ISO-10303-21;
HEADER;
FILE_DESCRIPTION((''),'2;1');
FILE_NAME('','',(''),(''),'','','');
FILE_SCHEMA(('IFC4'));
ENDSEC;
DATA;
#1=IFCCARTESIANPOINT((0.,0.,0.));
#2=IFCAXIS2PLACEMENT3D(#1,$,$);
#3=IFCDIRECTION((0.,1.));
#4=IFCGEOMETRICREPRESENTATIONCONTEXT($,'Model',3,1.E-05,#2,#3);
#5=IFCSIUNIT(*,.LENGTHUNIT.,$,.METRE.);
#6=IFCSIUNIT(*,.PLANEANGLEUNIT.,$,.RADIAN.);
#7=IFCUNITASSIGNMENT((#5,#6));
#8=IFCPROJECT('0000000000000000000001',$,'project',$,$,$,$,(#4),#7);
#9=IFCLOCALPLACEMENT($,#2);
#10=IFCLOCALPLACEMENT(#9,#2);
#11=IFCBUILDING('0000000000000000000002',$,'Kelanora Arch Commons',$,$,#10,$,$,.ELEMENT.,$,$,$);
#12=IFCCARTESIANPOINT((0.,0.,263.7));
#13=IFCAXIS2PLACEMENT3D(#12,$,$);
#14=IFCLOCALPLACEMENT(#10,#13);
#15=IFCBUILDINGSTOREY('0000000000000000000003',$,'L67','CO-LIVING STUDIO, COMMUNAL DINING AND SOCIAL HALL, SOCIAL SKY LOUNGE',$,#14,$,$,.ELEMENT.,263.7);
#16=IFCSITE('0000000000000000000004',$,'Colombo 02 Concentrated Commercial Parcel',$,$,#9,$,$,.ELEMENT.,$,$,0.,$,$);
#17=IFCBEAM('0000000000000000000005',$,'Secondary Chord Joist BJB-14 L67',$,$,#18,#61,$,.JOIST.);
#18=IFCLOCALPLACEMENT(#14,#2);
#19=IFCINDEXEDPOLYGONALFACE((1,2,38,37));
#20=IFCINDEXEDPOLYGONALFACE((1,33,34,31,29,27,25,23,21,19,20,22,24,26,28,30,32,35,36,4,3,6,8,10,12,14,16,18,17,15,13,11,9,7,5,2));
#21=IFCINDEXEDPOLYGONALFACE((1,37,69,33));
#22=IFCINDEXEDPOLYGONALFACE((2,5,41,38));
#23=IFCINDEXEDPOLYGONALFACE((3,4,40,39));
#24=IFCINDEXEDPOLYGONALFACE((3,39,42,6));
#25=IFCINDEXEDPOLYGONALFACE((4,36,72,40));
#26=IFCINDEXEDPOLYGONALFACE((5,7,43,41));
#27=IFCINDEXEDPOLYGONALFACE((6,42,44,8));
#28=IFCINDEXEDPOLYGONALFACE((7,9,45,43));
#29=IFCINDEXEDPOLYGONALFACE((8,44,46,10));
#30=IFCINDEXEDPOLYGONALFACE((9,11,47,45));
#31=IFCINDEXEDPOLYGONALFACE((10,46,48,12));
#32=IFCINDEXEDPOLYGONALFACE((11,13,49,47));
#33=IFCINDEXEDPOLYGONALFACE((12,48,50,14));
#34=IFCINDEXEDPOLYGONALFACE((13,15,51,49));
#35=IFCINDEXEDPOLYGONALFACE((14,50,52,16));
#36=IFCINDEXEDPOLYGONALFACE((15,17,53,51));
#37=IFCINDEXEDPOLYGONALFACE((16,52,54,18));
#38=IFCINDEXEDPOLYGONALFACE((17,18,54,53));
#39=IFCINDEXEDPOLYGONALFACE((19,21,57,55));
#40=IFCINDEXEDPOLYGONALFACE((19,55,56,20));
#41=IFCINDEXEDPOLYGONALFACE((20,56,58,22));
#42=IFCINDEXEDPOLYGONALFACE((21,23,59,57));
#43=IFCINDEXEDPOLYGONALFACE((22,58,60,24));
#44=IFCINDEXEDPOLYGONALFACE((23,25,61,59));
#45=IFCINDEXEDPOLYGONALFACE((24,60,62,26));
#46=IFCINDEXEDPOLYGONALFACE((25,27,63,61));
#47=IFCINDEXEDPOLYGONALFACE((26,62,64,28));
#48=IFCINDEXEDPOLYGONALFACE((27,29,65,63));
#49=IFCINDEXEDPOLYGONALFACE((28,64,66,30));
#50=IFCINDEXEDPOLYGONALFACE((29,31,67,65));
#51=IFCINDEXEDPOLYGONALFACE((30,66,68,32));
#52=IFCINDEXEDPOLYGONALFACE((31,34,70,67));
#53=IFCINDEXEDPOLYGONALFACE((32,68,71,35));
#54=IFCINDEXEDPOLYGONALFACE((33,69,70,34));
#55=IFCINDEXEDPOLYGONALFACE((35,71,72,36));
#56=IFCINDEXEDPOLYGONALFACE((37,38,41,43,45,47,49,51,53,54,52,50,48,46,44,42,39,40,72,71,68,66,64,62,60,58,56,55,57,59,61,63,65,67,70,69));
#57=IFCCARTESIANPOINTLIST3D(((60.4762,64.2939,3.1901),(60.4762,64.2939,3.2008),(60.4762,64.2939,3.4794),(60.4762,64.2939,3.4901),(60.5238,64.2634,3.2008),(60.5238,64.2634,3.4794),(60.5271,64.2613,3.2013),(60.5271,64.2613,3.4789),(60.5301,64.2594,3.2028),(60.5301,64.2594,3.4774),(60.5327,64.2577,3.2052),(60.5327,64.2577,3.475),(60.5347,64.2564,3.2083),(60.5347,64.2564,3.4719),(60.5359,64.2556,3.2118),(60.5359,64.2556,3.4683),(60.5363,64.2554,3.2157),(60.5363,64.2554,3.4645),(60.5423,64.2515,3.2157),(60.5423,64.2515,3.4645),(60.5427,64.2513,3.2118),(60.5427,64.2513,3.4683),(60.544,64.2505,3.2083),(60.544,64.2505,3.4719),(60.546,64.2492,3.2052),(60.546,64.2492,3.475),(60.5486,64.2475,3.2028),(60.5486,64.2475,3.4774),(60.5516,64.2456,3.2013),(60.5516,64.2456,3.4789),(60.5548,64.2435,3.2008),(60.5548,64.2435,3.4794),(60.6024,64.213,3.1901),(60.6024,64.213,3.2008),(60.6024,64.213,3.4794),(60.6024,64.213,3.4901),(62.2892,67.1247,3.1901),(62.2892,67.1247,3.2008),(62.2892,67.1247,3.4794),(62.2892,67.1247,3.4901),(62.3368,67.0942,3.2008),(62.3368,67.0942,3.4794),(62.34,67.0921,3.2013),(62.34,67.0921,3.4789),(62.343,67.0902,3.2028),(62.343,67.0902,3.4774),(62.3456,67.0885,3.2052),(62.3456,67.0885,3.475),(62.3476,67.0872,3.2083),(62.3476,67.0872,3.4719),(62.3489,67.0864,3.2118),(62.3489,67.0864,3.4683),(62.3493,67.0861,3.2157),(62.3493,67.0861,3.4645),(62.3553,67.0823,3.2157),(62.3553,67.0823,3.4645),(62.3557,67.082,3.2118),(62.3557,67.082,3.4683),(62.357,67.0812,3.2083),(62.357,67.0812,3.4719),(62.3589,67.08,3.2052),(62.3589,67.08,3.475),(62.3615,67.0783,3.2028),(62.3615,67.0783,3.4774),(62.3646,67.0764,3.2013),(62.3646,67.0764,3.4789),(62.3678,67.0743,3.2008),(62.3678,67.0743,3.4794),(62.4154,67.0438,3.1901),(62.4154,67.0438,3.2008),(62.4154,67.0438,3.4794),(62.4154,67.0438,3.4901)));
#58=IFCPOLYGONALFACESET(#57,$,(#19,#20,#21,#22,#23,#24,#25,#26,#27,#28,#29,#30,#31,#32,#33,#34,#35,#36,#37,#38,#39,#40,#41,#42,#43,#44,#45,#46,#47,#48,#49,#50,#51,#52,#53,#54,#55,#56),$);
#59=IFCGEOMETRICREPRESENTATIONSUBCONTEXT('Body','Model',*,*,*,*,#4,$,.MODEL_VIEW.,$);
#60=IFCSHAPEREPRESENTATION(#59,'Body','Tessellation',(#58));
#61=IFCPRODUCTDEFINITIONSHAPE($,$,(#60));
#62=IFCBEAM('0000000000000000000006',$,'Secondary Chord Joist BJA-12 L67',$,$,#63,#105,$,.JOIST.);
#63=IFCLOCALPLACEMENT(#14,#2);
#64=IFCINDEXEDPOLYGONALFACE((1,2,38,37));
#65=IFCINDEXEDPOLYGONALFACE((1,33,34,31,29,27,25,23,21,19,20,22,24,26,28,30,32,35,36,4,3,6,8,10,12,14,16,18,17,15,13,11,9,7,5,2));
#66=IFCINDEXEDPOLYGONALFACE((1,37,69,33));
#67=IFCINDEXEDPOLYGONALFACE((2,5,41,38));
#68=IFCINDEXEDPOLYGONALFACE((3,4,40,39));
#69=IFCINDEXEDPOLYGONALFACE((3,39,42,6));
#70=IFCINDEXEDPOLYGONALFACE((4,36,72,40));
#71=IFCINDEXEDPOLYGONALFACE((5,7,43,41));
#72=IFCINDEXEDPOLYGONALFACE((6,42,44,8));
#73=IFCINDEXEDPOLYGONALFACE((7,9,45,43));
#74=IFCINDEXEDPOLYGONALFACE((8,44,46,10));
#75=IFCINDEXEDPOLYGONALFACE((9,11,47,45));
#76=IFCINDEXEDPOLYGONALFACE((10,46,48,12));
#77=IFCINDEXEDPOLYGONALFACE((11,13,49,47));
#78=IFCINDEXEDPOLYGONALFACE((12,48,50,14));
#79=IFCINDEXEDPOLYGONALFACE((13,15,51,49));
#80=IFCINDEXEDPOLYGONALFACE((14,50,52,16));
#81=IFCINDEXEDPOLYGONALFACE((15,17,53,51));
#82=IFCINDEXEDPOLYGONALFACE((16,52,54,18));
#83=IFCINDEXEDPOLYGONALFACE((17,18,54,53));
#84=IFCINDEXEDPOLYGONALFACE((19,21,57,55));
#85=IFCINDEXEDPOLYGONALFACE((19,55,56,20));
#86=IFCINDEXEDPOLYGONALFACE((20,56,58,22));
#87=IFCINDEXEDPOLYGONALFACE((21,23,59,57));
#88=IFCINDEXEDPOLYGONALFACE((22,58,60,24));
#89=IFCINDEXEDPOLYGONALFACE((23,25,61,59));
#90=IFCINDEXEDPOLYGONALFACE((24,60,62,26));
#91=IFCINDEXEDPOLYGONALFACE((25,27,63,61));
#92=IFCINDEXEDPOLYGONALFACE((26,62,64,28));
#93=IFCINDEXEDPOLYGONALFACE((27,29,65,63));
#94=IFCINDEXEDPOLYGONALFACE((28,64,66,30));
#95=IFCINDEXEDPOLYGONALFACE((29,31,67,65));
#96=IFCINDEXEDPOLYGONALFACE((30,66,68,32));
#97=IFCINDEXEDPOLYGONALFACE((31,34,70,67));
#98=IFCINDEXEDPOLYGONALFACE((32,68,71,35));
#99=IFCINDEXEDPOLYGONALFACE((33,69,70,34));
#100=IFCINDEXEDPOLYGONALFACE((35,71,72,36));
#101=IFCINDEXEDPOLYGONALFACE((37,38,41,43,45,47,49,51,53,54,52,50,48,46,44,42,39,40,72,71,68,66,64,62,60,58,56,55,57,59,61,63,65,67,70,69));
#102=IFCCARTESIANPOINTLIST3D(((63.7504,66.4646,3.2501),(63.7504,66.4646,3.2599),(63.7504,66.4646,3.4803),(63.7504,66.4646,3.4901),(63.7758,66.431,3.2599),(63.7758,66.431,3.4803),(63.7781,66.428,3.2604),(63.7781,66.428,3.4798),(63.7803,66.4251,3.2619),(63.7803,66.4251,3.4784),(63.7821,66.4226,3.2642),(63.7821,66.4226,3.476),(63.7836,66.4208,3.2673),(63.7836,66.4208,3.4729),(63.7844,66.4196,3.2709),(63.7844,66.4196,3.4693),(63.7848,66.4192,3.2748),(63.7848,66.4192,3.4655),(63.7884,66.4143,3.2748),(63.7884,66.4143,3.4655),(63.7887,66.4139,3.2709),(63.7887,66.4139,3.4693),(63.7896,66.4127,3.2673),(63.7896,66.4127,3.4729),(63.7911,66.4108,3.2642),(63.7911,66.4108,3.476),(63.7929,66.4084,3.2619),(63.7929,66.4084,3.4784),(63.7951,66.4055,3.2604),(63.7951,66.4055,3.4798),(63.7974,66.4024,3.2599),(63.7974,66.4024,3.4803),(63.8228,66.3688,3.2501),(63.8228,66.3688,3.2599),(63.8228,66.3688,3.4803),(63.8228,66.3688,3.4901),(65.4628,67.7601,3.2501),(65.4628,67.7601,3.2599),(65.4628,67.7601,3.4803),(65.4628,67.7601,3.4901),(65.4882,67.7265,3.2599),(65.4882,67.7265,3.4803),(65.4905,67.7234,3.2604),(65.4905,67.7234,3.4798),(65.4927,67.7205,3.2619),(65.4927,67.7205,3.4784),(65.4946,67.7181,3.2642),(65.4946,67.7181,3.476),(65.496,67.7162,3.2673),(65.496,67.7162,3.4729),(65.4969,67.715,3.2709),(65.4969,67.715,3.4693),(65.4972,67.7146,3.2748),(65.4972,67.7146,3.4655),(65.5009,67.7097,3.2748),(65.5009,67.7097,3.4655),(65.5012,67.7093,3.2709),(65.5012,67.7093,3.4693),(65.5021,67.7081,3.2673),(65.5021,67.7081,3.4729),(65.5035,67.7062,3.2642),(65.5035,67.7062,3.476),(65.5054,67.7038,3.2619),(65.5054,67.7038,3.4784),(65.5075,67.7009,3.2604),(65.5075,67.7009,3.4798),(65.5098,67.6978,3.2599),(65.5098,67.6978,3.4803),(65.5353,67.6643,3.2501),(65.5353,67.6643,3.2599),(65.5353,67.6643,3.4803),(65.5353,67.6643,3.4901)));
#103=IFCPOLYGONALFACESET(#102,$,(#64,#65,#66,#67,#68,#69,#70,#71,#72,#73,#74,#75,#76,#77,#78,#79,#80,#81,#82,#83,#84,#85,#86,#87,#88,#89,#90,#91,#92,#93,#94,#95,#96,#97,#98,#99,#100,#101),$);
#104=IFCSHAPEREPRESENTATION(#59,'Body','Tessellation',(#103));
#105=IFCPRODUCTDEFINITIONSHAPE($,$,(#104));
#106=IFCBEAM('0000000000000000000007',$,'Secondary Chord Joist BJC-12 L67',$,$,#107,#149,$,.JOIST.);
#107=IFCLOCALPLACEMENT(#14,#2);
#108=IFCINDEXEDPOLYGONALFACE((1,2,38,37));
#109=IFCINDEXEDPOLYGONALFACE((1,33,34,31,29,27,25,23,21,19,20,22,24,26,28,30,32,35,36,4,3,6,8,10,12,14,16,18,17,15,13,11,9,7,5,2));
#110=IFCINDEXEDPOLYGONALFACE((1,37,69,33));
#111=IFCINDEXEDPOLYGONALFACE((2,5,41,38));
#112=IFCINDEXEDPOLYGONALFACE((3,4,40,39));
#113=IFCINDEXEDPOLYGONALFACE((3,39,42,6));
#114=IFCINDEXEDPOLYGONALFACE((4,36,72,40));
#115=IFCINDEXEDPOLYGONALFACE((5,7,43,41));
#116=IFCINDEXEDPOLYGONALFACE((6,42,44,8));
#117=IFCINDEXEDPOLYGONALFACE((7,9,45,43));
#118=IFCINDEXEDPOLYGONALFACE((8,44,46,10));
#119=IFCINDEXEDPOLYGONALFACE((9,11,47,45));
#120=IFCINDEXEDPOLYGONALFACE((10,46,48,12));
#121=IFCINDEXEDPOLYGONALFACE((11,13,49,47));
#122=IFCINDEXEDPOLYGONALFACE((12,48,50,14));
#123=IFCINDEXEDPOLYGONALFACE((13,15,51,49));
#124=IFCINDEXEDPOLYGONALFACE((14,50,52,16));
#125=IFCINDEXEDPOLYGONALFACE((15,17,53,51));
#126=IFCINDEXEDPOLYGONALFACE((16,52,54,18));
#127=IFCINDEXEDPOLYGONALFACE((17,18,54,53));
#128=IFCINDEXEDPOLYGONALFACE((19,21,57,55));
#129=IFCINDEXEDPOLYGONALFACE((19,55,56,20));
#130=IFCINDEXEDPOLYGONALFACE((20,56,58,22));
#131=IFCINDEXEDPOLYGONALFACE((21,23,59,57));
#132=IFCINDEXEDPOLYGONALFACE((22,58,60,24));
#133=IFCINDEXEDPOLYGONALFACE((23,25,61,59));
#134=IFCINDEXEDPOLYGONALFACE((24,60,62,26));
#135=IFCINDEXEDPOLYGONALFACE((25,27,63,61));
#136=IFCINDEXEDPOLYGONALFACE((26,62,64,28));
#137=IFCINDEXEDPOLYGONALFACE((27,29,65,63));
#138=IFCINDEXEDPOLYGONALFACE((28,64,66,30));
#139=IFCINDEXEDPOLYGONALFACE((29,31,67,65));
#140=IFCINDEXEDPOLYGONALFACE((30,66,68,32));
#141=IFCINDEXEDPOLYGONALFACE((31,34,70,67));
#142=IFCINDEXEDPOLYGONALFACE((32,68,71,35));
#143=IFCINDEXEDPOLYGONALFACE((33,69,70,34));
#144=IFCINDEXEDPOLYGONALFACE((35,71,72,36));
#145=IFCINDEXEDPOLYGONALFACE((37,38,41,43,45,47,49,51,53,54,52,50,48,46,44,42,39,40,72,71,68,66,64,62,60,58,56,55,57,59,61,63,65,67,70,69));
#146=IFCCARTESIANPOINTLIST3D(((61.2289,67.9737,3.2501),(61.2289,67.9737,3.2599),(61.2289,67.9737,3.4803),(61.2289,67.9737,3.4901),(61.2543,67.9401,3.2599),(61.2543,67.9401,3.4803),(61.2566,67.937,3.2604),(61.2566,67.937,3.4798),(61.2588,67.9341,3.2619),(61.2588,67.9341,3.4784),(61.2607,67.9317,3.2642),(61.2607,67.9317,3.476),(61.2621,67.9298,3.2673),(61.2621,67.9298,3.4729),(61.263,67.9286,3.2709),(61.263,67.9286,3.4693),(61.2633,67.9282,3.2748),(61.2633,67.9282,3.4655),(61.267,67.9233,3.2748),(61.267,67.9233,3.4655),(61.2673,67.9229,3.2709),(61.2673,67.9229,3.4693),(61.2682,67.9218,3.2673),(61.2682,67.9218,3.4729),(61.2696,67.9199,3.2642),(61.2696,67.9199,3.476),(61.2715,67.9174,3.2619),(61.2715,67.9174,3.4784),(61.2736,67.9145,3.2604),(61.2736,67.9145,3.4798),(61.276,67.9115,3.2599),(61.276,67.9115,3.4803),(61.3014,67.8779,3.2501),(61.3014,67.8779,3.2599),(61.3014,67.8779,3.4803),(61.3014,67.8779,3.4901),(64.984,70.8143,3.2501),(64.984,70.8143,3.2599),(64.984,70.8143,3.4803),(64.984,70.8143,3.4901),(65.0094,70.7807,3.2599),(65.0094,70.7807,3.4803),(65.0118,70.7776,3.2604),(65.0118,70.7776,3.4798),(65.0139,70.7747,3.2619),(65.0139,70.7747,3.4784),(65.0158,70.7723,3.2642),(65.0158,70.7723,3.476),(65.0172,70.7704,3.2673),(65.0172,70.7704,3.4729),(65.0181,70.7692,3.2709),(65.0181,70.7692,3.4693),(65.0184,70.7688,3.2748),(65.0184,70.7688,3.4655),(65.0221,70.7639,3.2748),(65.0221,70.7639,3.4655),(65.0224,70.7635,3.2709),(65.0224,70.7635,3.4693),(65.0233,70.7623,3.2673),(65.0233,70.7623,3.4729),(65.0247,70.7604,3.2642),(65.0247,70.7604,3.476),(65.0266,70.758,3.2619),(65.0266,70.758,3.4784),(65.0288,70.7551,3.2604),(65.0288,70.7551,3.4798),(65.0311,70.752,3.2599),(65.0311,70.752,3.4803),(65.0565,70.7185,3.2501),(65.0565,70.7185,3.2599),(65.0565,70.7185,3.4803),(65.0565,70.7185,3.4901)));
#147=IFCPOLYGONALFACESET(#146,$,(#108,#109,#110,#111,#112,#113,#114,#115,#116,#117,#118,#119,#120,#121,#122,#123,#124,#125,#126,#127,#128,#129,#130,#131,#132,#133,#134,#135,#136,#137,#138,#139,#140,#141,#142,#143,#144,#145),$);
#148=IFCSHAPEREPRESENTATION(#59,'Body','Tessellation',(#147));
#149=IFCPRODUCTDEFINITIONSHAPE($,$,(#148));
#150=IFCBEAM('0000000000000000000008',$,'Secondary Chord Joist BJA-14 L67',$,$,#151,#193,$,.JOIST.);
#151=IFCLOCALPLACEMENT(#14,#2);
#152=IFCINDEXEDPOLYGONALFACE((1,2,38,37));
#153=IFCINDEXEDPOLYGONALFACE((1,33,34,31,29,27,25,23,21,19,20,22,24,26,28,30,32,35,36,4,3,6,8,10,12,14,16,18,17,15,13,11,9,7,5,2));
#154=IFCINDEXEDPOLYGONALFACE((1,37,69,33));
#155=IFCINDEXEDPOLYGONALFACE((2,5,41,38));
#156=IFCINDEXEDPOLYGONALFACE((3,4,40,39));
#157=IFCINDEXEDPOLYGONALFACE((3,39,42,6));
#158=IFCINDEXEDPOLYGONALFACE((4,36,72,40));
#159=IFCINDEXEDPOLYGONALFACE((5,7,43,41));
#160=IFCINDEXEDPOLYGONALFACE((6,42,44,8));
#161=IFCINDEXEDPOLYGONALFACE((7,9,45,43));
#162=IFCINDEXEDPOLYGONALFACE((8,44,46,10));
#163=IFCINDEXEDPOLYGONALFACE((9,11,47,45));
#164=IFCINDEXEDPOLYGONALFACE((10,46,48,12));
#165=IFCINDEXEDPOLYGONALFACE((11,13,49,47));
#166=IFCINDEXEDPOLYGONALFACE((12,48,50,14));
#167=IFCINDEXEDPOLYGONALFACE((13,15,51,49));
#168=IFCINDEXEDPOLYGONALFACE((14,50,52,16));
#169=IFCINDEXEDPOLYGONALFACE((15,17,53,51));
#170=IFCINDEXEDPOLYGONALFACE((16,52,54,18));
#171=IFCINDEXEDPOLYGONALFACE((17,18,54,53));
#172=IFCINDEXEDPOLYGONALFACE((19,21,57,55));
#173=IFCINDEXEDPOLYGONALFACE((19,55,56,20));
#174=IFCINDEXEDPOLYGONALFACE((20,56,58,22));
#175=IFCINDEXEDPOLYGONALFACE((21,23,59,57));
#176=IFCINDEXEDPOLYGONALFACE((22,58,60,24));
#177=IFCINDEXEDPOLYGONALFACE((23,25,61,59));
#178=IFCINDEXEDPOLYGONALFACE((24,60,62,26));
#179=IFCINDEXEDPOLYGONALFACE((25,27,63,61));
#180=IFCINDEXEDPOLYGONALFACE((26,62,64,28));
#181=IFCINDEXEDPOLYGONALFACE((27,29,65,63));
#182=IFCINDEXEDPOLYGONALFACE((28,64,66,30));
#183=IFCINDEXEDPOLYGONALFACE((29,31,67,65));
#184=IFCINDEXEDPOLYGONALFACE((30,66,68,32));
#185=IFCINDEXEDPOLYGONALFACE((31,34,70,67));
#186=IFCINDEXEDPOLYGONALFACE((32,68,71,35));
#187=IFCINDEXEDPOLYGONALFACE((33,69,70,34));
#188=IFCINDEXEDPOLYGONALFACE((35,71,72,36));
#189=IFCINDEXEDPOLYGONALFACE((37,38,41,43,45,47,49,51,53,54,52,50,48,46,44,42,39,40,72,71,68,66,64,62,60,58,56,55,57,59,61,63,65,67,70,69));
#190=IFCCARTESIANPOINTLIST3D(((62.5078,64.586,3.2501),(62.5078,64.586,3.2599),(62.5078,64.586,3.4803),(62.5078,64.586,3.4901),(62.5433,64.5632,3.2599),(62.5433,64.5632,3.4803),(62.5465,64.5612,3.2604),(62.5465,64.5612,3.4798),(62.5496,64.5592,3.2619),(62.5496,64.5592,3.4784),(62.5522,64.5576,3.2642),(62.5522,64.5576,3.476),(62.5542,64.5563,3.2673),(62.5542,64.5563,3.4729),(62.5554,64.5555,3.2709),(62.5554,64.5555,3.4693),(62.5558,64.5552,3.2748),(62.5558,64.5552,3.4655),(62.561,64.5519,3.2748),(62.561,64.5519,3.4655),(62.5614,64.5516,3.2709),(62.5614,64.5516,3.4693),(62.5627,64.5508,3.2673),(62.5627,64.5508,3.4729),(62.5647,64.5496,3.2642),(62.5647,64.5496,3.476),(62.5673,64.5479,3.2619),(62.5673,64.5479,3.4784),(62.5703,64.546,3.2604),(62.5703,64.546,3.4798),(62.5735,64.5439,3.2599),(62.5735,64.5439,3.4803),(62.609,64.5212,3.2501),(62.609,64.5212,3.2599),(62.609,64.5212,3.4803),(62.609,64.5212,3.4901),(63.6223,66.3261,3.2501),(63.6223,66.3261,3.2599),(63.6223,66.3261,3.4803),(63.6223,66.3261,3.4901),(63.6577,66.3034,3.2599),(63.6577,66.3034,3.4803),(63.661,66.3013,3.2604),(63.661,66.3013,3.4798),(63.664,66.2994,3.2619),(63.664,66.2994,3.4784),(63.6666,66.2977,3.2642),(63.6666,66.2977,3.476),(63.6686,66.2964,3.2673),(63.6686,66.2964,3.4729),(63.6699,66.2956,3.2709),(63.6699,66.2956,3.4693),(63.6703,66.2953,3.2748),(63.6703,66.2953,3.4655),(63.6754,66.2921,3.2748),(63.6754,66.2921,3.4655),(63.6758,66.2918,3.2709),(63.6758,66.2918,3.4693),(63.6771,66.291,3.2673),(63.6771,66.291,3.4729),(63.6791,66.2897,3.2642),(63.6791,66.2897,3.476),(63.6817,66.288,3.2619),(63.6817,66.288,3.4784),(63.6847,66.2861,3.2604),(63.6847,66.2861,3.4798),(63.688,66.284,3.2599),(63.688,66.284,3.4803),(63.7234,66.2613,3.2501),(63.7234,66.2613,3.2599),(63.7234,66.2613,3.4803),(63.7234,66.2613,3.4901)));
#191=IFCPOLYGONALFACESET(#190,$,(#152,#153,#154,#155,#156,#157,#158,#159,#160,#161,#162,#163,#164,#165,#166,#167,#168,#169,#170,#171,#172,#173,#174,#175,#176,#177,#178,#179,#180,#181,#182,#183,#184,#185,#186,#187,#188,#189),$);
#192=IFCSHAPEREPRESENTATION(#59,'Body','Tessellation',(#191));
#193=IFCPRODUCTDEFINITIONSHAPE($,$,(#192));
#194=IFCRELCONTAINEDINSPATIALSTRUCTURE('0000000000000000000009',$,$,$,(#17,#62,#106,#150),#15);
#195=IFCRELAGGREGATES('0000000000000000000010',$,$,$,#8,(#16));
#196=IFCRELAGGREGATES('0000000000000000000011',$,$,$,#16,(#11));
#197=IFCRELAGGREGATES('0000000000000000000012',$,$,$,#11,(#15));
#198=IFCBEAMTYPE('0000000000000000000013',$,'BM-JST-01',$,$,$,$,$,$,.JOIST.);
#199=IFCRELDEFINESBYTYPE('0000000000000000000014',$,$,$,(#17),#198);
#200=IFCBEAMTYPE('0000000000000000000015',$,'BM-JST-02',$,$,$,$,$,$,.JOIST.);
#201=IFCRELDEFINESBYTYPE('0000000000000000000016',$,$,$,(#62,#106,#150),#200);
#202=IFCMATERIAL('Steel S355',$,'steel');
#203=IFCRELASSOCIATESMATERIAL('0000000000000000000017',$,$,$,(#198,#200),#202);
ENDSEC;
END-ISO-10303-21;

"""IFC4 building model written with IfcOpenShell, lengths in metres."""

from ifc_helpers import new_model, si_unit, direction, frame, origin, origin_2d, place, context, subcontext, project, spatial, i_section, extrude, material, material_profile, profile_set, type_object, element, save


model = new_model("IFC4")

# Units and contexts
model_context = context("Model", 3, precision=1e-05, world=origin(), true_north=direction((0.0, 1.0)))
body_context = subcontext(model_context, "Body", "Model", "MODEL_VIEW")
ifc_project = project(units=[si_unit("LENGTHUNIT", "METRE"), si_unit("PLANEANGLEUNIT", "RADIAN")], contexts=[model_context])

# Site, building, storey
site_placement = place(None, origin())
site = spatial("IfcSite", under=ifc_project, at=site_placement, Name="Colombo 02 Concentrated Commercial Parcel", CompositionType="ELEMENT", RefElevation=0.0)
building_placement = place(site_placement, origin())
building = spatial("IfcBuilding", under=site, at=building_placement, Name="Kelanora Arch Commons", CompositionType="ELEMENT")
storey_placement = place(building_placement, frame((0.0, 0.0, 263.7)))
storey = spatial("IfcBuildingStorey", under=building, at=storey_placement, Name="L67", Description="CO-LIVING STUDIO, COMMUNAL DINING AND SOCIAL HALL, SOCIAL SKY LOUNGE", CompositionType="ELEMENT", Elevation=263.7)

# Beams
ifc_material_1 = material(Name="Steel S355", Category="steel")
ifc_material_profile_1 = material_profile(ifc_material_1, i_section(OverallWidth=0.1499, OverallDepth=0.3, WebThickness=0.0071, FlangeThickness=0.0107, FilletRadius=0.0149, at=origin_2d()), Name="IPE300")
ifc_profile_set_1 = profile_set([ifc_material_profile_1], Name="Steel S355")
beam_type_1 = type_object("IfcBeamType", Name="BM-JST-01", PredefinedType="JOIST", material=ifc_profile_set_1)
beam_1_placement = place(storey_placement, frame((62.3523, 67.0842, 3.3401), z_axis=(-0.539322, -0.8421, 0.0), x_axis=(0.8421, -0.539322, 0.0)))
element("IfcBeam", 1, at=beam_1_placement, inside=storey, type_object=beam_type_1, Name="Secondary Chord Joist BJB-14 L67", PredefinedType="JOIST", context=body_context, shape_type="SweptSolid", body=[
    extrude(i_section(OverallWidth=0.1499, OverallDepth=0.3, WebThickness=0.0071, FlangeThickness=0.0107, FilletRadius=0.0149, at=origin_2d()), origin(), (0.0, 0.0, 1.0), 3.3616),
])
ifc_material_profile_2 = material_profile(ifc_material_1, i_section(OverallWidth=0.1201, OverallDepth=0.24, WebThickness=0.0061, FlangeThickness=0.0098, FilletRadius=0.0149, at=origin_2d()), Name="IPE240")
ifc_profile_set_2 = profile_set([ifc_material_profile_2], Name="Steel S355")
beam_type_2 = type_object("IfcBeamType", Name="BM-JST-02", PredefinedType="JOIST", material=ifc_profile_set_2)
beam_2_placement = place(storey_placement, frame((65.499, 67.7122, 3.3701), z_axis=(-0.79751, -0.603306, 0.0), x_axis=(0.603306, -0.79751, 0.0)))
element("IfcBeam", 2, at=beam_2_placement, inside=storey, type_object=beam_type_2, Name="Secondary Chord Joist BJA-12 L67", PredefinedType="JOIST", context=body_context, shape_type="SweptSolid", body=[
    extrude(i_section(OverallWidth=0.1201, OverallDepth=0.24, WebThickness=0.0061, FlangeThickness=0.0098, FilletRadius=0.0149, at=origin_2d()), origin(), (0.0, 0.0, 1.0), 2.1472),
])
beam_3_placement = place(storey_placement, frame((65.0203, 70.7664, 3.3701), z_axis=(-0.797523, -0.603289, 0.0), x_axis=(0.603289, -0.797523, 0.0)))
element("IfcBeam", 3, at=beam_3_placement, inside=storey, type_object=beam_type_2, Name="Secondary Chord Joist BJC-12 L67", PredefinedType="JOIST", context=body_context, shape_type="SweptSolid", body=[
    extrude(i_section(OverallWidth=0.1201, OverallDepth=0.24, WebThickness=0.0061, FlangeThickness=0.0098, FilletRadius=0.0149, at=origin_2d()), origin(), (0.0, 0.0, 1.0), 4.7085),
])
beam_4_placement = place(storey_placement, frame((63.6729, 66.2937, 3.3701), z_axis=(-0.539312, -0.842106, 0.0), x_axis=(0.842106, -0.539312, 0.0)))
element("IfcBeam", 4, at=beam_4_placement, inside=storey, type_object=beam_type_2, Name="Secondary Chord Joist BJA-14 L67", PredefinedType="JOIST", context=body_context, shape_type="SweptSolid", body=[
    extrude(i_section(OverallWidth=0.1201, OverallDepth=0.24, WebThickness=0.0061, FlangeThickness=0.0098, FilletRadius=0.0149, at=origin_2d()), origin(), (0.0, 0.0, 1.0), 2.0664),
])

save(model, "model.ifc")
